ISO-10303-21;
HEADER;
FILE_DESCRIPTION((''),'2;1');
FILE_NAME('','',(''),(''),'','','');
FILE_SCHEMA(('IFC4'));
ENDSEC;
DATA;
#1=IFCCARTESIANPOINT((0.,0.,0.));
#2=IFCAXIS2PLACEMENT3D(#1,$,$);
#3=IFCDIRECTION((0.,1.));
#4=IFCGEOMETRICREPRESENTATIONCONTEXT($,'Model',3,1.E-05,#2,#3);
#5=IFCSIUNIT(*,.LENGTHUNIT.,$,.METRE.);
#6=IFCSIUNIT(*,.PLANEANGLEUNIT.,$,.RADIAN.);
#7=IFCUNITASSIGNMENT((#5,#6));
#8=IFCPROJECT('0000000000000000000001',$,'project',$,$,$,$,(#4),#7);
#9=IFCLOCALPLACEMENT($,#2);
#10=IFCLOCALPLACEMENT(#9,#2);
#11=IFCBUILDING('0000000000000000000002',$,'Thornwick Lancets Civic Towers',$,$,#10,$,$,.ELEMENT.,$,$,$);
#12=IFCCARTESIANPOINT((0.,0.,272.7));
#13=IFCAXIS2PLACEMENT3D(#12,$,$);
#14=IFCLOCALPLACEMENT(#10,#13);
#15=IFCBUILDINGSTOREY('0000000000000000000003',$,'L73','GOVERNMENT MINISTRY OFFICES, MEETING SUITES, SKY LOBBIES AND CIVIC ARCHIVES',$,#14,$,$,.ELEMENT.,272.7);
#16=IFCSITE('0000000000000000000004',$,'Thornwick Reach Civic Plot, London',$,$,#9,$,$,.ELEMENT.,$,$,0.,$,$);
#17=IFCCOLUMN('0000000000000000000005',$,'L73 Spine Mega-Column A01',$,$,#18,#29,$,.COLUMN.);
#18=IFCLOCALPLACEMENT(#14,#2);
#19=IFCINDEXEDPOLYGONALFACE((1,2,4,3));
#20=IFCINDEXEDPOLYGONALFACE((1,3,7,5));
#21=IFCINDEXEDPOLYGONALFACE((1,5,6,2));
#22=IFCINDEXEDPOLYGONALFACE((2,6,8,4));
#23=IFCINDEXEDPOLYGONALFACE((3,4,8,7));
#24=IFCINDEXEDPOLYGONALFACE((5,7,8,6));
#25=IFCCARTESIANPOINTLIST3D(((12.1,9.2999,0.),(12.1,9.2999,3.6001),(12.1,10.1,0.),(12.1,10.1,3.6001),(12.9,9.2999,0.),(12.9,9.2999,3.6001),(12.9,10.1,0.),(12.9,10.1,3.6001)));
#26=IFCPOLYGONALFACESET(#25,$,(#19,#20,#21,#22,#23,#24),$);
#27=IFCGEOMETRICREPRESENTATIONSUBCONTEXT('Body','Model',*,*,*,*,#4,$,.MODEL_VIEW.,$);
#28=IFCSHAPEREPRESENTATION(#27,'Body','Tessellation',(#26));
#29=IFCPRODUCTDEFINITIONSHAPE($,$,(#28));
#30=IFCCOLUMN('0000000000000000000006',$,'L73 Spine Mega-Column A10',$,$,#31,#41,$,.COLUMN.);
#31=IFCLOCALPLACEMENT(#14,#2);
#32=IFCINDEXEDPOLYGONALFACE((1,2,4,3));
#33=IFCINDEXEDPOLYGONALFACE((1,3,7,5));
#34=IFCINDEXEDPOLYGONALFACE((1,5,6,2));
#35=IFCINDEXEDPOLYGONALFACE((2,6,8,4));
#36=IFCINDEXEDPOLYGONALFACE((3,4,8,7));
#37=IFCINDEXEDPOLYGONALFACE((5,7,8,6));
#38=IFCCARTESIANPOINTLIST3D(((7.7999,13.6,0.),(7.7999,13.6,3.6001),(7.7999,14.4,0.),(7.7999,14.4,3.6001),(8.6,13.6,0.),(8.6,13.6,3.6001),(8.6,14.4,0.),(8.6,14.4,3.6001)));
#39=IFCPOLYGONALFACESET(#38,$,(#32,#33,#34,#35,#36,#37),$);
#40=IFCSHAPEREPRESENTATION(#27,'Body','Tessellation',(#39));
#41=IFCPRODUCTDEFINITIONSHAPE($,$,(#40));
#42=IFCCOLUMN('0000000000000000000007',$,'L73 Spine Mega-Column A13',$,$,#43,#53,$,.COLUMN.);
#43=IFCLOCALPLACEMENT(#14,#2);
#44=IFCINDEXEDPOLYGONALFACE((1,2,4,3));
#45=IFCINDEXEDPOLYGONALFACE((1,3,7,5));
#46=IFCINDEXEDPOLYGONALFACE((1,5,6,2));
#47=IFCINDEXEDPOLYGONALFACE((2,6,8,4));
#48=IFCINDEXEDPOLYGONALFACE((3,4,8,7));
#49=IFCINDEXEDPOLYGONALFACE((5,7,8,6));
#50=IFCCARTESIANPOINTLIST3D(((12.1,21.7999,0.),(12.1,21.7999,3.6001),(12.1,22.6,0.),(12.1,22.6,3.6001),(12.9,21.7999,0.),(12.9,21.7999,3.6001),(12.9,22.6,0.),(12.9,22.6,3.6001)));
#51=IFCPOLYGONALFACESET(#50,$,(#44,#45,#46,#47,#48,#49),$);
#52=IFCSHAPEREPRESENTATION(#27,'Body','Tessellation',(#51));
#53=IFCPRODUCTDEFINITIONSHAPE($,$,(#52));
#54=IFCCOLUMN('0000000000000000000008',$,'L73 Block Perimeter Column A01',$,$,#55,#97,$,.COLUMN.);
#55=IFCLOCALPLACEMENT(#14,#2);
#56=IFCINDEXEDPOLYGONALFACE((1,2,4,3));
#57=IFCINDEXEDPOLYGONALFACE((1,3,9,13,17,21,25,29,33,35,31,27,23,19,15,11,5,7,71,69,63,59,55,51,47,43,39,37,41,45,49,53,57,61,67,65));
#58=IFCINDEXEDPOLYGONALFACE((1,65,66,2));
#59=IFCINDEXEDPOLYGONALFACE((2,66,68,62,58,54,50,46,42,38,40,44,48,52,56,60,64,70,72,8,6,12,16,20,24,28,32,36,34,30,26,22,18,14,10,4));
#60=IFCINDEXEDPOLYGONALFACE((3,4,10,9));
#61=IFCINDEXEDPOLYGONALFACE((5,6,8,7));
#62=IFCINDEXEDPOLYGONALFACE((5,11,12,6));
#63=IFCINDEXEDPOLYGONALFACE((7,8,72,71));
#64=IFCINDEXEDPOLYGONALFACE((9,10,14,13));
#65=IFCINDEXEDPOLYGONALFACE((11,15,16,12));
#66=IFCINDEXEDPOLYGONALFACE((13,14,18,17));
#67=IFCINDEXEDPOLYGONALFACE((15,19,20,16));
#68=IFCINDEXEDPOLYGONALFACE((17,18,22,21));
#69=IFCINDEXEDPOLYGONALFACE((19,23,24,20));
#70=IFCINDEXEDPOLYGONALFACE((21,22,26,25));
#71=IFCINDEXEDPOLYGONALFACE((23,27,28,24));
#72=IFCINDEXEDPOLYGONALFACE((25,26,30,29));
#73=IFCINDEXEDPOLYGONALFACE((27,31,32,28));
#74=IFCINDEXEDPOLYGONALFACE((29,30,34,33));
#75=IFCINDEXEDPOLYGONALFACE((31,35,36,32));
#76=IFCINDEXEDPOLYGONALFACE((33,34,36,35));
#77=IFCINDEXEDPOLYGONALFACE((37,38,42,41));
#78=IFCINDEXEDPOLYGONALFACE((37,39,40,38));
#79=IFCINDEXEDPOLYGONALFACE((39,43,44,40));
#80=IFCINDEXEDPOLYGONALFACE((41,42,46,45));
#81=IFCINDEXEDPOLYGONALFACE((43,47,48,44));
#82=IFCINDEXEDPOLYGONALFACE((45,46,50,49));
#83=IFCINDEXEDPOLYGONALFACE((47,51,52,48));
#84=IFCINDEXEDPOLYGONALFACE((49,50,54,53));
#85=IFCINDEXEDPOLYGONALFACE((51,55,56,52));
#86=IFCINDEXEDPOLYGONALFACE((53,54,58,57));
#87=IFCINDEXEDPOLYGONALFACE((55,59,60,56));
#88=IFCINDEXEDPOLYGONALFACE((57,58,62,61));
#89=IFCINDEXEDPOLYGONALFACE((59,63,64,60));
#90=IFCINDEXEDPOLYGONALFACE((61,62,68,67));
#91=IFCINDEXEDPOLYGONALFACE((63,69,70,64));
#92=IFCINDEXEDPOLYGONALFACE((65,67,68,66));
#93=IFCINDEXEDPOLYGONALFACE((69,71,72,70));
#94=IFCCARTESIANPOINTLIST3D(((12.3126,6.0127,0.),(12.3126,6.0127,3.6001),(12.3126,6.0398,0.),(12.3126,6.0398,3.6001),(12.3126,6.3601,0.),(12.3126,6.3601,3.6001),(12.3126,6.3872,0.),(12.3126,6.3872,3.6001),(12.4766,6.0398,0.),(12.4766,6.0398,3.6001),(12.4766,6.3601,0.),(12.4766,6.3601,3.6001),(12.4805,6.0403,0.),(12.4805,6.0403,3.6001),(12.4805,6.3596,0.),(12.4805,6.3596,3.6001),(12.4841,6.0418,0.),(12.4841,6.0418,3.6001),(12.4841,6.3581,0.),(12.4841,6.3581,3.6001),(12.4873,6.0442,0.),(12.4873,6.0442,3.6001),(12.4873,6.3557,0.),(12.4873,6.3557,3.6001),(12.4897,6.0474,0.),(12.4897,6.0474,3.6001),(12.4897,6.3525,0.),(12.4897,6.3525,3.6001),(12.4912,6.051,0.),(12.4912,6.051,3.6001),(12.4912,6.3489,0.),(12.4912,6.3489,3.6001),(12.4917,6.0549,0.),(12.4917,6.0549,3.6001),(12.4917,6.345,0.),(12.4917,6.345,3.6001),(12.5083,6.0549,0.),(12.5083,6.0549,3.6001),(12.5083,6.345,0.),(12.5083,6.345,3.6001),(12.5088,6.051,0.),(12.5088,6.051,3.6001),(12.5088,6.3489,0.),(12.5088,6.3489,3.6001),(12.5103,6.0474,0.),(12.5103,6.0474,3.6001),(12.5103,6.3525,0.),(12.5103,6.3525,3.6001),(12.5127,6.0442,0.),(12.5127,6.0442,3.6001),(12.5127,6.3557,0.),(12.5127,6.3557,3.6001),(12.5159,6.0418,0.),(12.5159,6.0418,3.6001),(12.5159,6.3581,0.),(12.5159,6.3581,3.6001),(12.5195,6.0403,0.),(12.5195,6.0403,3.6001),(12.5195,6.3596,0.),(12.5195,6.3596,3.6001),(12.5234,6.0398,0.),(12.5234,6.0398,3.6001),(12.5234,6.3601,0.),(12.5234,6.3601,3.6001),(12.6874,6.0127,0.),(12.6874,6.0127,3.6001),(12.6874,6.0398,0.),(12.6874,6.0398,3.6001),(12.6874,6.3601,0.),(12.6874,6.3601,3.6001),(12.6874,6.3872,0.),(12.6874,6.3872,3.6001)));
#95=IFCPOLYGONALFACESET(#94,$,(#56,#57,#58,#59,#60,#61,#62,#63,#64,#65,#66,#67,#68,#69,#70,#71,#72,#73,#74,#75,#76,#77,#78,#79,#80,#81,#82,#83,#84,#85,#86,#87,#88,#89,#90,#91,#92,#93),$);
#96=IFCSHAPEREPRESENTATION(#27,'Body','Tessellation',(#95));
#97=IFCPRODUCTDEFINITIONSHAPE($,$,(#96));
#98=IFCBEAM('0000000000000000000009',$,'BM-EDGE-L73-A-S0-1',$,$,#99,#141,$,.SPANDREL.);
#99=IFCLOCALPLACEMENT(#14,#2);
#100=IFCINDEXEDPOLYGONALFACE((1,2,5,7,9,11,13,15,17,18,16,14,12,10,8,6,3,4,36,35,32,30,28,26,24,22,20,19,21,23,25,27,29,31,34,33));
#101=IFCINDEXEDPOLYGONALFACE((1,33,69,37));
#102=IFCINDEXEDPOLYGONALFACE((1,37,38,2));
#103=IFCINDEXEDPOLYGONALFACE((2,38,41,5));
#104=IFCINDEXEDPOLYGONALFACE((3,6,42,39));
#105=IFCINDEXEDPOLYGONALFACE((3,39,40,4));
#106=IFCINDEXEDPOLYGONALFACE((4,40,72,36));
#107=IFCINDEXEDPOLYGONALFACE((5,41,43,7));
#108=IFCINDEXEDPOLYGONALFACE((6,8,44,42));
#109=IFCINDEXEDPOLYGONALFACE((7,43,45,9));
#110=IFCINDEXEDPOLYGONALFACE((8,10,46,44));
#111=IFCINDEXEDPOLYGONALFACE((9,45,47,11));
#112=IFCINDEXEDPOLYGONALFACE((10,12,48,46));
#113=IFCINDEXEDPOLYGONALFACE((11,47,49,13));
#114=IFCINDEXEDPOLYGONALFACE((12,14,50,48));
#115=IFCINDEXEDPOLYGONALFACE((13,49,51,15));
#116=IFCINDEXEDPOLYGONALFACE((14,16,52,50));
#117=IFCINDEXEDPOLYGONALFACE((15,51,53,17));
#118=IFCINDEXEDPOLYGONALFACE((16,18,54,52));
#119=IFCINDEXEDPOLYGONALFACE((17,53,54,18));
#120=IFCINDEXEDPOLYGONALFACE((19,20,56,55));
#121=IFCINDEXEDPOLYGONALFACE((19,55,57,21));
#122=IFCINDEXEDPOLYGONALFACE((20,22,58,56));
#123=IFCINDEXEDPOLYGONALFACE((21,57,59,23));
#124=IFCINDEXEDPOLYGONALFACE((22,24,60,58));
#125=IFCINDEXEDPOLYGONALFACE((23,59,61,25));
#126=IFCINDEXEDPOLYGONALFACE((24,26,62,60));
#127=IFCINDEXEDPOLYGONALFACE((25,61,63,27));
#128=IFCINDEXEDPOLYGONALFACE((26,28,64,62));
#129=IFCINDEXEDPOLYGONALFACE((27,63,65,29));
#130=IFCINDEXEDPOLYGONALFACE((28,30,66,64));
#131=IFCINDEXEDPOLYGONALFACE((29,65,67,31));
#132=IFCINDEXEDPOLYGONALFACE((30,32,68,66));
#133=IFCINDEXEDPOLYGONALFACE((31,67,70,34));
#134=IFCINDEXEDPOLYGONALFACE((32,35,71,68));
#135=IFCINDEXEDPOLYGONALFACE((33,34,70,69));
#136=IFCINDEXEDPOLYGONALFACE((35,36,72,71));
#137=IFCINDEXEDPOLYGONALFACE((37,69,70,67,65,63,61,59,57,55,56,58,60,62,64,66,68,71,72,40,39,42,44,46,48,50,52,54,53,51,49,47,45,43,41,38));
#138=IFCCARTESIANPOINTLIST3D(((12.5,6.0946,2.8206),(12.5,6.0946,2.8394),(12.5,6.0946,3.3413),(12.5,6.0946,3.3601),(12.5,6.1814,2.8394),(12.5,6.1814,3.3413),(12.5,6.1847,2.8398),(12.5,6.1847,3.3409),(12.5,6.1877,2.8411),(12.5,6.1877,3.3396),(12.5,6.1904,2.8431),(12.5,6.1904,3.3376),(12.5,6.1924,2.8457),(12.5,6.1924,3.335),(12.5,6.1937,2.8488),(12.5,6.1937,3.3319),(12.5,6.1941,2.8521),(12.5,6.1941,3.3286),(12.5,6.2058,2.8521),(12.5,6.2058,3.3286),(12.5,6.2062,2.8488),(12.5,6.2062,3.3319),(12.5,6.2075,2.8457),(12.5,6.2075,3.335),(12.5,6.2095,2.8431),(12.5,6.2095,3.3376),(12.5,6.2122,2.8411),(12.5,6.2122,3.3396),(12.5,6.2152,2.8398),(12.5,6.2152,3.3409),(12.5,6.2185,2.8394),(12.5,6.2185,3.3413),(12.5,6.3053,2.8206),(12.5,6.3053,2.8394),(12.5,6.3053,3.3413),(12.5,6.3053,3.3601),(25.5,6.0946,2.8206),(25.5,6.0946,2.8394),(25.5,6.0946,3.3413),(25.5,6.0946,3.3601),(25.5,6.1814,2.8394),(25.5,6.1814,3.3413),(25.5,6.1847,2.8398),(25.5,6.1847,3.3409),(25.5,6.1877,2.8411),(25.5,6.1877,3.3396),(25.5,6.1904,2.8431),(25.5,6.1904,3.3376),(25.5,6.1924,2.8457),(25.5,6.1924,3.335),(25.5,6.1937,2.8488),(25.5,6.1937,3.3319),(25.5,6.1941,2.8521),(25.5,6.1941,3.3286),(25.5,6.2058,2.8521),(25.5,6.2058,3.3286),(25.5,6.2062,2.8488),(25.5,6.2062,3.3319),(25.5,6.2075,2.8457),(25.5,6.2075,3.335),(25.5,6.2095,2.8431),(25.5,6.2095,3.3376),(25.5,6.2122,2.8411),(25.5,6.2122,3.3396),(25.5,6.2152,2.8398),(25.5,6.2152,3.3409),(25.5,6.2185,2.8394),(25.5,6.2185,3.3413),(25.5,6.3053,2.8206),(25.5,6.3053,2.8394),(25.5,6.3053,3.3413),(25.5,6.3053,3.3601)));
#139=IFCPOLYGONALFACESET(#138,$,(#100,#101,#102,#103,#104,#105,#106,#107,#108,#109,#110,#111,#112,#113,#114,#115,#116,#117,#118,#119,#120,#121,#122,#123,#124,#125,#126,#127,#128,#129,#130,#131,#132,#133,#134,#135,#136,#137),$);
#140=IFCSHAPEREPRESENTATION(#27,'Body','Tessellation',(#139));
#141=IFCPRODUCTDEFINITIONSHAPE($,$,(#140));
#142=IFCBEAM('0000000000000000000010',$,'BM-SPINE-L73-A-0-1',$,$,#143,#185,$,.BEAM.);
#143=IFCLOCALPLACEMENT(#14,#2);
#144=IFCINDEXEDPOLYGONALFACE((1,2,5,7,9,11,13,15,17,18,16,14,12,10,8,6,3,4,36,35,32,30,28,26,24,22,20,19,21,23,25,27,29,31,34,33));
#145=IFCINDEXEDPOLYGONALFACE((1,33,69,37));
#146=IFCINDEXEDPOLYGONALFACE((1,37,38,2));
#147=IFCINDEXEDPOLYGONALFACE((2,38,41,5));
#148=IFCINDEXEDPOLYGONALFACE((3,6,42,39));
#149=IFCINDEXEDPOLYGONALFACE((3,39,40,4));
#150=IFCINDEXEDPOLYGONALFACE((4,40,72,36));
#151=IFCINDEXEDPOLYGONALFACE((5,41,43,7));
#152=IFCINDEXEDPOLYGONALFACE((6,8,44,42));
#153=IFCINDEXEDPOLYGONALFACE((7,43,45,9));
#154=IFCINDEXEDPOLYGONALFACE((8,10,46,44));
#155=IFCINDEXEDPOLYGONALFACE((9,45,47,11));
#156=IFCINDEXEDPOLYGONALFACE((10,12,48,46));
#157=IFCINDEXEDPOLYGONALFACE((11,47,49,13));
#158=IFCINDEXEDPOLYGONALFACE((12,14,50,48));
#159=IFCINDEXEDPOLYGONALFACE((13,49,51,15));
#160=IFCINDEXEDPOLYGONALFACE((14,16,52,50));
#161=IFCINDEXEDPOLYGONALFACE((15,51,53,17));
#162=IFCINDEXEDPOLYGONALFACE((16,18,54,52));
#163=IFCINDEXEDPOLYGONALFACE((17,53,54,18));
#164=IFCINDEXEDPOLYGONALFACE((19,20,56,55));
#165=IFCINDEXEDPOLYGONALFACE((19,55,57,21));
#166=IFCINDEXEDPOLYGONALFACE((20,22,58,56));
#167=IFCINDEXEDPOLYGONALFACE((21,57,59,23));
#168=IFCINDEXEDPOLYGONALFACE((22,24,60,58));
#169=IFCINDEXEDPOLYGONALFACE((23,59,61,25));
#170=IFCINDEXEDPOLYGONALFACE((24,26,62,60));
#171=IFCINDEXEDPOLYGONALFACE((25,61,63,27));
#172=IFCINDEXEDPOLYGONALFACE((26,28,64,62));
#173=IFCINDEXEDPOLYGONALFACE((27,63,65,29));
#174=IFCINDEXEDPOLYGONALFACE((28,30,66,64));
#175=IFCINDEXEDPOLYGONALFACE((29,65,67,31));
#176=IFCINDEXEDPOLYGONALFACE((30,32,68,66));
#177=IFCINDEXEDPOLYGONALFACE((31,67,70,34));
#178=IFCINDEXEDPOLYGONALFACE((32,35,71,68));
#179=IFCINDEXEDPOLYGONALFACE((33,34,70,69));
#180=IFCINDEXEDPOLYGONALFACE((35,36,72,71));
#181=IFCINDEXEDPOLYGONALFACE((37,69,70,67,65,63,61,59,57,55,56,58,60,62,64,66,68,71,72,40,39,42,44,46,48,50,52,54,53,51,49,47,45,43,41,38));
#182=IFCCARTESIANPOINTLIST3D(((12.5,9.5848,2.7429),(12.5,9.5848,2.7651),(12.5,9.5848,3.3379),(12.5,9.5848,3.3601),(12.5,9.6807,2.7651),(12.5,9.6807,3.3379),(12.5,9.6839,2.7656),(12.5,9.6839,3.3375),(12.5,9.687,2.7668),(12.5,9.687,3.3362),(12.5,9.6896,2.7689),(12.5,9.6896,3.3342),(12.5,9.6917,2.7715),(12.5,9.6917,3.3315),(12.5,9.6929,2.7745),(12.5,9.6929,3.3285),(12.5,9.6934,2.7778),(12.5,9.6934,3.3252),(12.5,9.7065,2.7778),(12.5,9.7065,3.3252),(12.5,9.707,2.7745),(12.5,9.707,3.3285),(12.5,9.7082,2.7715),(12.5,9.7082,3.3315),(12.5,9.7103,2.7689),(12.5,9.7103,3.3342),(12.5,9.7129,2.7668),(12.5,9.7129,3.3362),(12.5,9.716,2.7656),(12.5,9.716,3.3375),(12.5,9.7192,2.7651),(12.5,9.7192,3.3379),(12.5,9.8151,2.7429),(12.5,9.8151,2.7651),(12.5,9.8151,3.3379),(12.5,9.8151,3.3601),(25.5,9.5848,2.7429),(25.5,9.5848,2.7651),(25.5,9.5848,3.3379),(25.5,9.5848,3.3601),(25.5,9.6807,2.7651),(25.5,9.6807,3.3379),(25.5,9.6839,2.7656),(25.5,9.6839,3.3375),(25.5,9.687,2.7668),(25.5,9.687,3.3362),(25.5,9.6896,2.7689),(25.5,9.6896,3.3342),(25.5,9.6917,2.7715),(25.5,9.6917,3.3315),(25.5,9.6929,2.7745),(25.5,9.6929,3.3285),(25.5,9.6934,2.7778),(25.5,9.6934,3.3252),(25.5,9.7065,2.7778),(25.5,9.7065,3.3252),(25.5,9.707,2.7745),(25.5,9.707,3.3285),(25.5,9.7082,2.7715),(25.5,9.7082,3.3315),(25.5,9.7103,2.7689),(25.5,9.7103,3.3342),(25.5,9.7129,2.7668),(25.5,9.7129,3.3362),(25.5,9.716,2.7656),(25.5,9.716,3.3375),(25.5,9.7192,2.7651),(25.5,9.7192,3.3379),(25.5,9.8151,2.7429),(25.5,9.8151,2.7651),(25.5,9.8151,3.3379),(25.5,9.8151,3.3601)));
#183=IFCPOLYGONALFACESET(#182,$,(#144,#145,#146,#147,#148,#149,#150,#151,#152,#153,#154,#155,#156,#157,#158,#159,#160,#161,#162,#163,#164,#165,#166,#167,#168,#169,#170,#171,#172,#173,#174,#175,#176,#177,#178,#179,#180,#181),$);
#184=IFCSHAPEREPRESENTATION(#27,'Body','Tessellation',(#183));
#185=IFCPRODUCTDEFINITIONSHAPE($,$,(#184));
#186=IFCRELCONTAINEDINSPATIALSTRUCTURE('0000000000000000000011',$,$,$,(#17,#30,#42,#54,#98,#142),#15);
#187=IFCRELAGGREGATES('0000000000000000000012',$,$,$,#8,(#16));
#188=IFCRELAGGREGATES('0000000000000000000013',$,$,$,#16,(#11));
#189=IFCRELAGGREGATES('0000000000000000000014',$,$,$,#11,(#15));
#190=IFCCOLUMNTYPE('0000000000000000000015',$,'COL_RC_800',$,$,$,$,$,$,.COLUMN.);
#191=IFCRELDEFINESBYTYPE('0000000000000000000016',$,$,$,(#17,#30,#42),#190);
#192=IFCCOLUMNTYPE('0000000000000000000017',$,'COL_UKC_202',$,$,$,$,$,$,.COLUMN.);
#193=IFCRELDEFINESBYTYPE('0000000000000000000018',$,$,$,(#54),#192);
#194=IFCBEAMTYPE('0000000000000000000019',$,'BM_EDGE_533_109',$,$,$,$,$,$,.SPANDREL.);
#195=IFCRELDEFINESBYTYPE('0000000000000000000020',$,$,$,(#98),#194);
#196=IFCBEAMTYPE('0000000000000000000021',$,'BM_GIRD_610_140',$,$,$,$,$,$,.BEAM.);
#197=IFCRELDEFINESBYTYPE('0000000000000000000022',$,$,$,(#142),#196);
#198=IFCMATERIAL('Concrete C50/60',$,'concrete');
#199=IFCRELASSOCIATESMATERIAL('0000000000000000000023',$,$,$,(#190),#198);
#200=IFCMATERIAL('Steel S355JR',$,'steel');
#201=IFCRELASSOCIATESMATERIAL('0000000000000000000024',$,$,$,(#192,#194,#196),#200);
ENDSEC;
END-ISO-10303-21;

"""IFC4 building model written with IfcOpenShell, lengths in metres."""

from ifc_helpers import new_model, si_unit, direction, frame, origin, origin_2d, place, context, subcontext, project, spatial, rectangle, i_section, extrude, material, material_profile, profile_set, type_object, element, save


model = new_model("IFC4")

# Units and contexts
model_context = context("Model", 3, precision=1e-05, world=origin(), true_north=direction((0.0, 1.0)))
body_context = subcontext(model_context, "Body", "Model", "MODEL_VIEW")
ifc_project = project(units=[si_unit("LENGTHUNIT", "METRE"), si_unit("PLANEANGLEUNIT", "RADIAN")], contexts=[model_context])

# Site, building, storey
site_placement = place(None, origin())
site = spatial("IfcSite", under=ifc_project, at=site_placement, Name="Thornwick Reach Civic Plot, London", CompositionType="ELEMENT", RefElevation=0.0)
building_placement = place(site_placement, origin())
building = spatial("IfcBuilding", under=site, at=building_placement, Name="Thornwick Lancets Civic Towers", CompositionType="ELEMENT")
storey_placement = place(building_placement, frame((0.0, 0.0, 272.7)))
storey = spatial("IfcBuildingStorey", under=building, at=storey_placement, Name="L73", Description="GOVERNMENT MINISTRY OFFICES, MEETING SUITES, SKY LOBBIES AND CIVIC ARCHIVES", CompositionType="ELEMENT", Elevation=272.7)

# Columns
ifc_material_1 = material(Name="Concrete C50/60", Category="concrete")
ifc_material_profile_1 = material_profile(ifc_material_1, rectangle(XDim=0.8, YDim=0.8, at=origin_2d()), Name="RC 800x800")
ifc_profile_set_1 = profile_set([ifc_material_profile_1], Name="Concrete C50/60")
column_type_1 = type_object("IfcColumnType", Name="COL_RC_800", PredefinedType="COLUMN", material=ifc_profile_set_1)
for number, where, z_axis, x_axis, name in (
    (1, (12.5, 9.7, 0.0), (0.0, 0.0, 1.0), (1.0, 0.0, 0.0), "L73 Spine Mega-Column A01"),
    (2, (8.2, 14.0, 0.0), (0.0, 0.0, 1.0), (1.0, 0.0, 0.0), "L73 Spine Mega-Column A10"),
    (3, (12.5, 22.2, 0.0), (0.0, 0.0, 1.0), (1.0, 0.0, 0.0), "L73 Spine Mega-Column A13"),
):
    element("IfcColumn", number, at=place(storey_placement, frame(where, z_axis=z_axis, x_axis=x_axis)), inside=storey, type_object=column_type_1, Name=name, PredefinedType="COLUMN", context=body_context, shape_type="SweptSolid", body=[
        extrude(rectangle(XDim=0.8, YDim=0.8, at=origin_2d()), origin(), (0.0, 0.0, 1.0), 3.6001),
    ])
ifc_material_2 = material(Name="Steel S355JR", Category="steel")
ifc_material_profile_2 = material_profile(ifc_material_2, i_section(OverallWidth=0.3748, OverallDepth=0.3745, WebThickness=0.0166, FlangeThickness=0.0271, FilletRadius=0.0151, at=origin_2d()), Name="UKC 356x368x202")
ifc_profile_set_2 = profile_set([ifc_material_profile_2], Name="Steel S355JR")
column_type_2 = type_object("IfcColumnType", Name="COL_UKC_202", PredefinedType="COLUMN", material=ifc_profile_set_2)
column_placement = place(storey_placement, frame((12.5, 6.2, 0.0), z_axis=(0.0, 0.0, 1.0), x_axis=(1.0, 0.0, 0.0)))
element("IfcColumn", 4, at=column_placement, inside=storey, type_object=column_type_2, Name="L73 Block Perimeter Column A01", PredefinedType="COLUMN", context=body_context, shape_type="SweptSolid", body=[
    extrude(i_section(OverallWidth=0.3748, OverallDepth=0.3745, WebThickness=0.0166, FlangeThickness=0.0271, FilletRadius=0.0151, at=origin_2d()), origin(), (0.0, 0.0, 1.0), 3.6001),
])

# Beams
ifc_material_profile_3 = material_profile(ifc_material_2, i_section(OverallWidth=0.2107, OverallDepth=0.5396, WebThickness=0.0117, FlangeThickness=0.0188, FilletRadius=0.0127, at=origin_2d()), Name="UKB 533x210x109")
ifc_profile_set_3 = profile_set([ifc_material_profile_3], Name="Steel S355JR")
beam_type_1 = type_object("IfcBeamType", Name="BM_EDGE_533_109", PredefinedType="SPANDREL", material=ifc_profile_set_3)
beam_1_placement = place(storey_placement, frame((12.5, 6.2, 3.0903), z_axis=(1.0, 0.0, 0.0), x_axis=(0.0, 1.0, 0.0)))
element("IfcBeam", 5, at=beam_1_placement, inside=storey, type_object=beam_type_1, Name="BM-EDGE-L73-A-S0-1", PredefinedType="SPANDREL", context=body_context, shape_type="SweptSolid", body=[
    extrude(i_section(OverallWidth=0.2107, OverallDepth=0.5396, WebThickness=0.0117, FlangeThickness=0.0188, FilletRadius=0.0127, at=origin_2d()), origin(), (0.0, 0.0, 1.0), 13.0),
])
ifc_material_profile_4 = material_profile(ifc_material_2, i_section(OverallWidth=0.2302, OverallDepth=0.6172, WebThickness=0.0132, FlangeThickness=0.0222, FilletRadius=0.0127, at=origin_2d()), Name="UKB 610x229x140")
ifc_profile_set_4 = profile_set([ifc_material_profile_4], Name="Steel S355JR")
beam_type_2 = type_object("IfcBeamType", Name="BM_GIRD_610_140", PredefinedType="BEAM", material=ifc_profile_set_4)
for number, where, z_axis, x_axis, name in (
    (6, (12.5, 9.7, 3.0515), (1.0, 0.0, 0.0), (0.0, 1.0, 0.0), "BM-SPINE-L73-A-0-1"),
):
    element("IfcBeam", number, at=place(storey_placement, frame(where, z_axis=z_axis, x_axis=x_axis)), inside=storey, type_object=beam_type_2, Name=name, PredefinedType="BEAM", context=body_context, shape_type="SweptSolid", body=[
        extrude(i_section(OverallWidth=0.2302, OverallDepth=0.6172, WebThickness=0.0132, FlangeThickness=0.0222, FilletRadius=0.0127, at=origin_2d()), origin(), (0.0, 0.0, 1.0), 13.0),
    ])

save(model, "model.ifc")
